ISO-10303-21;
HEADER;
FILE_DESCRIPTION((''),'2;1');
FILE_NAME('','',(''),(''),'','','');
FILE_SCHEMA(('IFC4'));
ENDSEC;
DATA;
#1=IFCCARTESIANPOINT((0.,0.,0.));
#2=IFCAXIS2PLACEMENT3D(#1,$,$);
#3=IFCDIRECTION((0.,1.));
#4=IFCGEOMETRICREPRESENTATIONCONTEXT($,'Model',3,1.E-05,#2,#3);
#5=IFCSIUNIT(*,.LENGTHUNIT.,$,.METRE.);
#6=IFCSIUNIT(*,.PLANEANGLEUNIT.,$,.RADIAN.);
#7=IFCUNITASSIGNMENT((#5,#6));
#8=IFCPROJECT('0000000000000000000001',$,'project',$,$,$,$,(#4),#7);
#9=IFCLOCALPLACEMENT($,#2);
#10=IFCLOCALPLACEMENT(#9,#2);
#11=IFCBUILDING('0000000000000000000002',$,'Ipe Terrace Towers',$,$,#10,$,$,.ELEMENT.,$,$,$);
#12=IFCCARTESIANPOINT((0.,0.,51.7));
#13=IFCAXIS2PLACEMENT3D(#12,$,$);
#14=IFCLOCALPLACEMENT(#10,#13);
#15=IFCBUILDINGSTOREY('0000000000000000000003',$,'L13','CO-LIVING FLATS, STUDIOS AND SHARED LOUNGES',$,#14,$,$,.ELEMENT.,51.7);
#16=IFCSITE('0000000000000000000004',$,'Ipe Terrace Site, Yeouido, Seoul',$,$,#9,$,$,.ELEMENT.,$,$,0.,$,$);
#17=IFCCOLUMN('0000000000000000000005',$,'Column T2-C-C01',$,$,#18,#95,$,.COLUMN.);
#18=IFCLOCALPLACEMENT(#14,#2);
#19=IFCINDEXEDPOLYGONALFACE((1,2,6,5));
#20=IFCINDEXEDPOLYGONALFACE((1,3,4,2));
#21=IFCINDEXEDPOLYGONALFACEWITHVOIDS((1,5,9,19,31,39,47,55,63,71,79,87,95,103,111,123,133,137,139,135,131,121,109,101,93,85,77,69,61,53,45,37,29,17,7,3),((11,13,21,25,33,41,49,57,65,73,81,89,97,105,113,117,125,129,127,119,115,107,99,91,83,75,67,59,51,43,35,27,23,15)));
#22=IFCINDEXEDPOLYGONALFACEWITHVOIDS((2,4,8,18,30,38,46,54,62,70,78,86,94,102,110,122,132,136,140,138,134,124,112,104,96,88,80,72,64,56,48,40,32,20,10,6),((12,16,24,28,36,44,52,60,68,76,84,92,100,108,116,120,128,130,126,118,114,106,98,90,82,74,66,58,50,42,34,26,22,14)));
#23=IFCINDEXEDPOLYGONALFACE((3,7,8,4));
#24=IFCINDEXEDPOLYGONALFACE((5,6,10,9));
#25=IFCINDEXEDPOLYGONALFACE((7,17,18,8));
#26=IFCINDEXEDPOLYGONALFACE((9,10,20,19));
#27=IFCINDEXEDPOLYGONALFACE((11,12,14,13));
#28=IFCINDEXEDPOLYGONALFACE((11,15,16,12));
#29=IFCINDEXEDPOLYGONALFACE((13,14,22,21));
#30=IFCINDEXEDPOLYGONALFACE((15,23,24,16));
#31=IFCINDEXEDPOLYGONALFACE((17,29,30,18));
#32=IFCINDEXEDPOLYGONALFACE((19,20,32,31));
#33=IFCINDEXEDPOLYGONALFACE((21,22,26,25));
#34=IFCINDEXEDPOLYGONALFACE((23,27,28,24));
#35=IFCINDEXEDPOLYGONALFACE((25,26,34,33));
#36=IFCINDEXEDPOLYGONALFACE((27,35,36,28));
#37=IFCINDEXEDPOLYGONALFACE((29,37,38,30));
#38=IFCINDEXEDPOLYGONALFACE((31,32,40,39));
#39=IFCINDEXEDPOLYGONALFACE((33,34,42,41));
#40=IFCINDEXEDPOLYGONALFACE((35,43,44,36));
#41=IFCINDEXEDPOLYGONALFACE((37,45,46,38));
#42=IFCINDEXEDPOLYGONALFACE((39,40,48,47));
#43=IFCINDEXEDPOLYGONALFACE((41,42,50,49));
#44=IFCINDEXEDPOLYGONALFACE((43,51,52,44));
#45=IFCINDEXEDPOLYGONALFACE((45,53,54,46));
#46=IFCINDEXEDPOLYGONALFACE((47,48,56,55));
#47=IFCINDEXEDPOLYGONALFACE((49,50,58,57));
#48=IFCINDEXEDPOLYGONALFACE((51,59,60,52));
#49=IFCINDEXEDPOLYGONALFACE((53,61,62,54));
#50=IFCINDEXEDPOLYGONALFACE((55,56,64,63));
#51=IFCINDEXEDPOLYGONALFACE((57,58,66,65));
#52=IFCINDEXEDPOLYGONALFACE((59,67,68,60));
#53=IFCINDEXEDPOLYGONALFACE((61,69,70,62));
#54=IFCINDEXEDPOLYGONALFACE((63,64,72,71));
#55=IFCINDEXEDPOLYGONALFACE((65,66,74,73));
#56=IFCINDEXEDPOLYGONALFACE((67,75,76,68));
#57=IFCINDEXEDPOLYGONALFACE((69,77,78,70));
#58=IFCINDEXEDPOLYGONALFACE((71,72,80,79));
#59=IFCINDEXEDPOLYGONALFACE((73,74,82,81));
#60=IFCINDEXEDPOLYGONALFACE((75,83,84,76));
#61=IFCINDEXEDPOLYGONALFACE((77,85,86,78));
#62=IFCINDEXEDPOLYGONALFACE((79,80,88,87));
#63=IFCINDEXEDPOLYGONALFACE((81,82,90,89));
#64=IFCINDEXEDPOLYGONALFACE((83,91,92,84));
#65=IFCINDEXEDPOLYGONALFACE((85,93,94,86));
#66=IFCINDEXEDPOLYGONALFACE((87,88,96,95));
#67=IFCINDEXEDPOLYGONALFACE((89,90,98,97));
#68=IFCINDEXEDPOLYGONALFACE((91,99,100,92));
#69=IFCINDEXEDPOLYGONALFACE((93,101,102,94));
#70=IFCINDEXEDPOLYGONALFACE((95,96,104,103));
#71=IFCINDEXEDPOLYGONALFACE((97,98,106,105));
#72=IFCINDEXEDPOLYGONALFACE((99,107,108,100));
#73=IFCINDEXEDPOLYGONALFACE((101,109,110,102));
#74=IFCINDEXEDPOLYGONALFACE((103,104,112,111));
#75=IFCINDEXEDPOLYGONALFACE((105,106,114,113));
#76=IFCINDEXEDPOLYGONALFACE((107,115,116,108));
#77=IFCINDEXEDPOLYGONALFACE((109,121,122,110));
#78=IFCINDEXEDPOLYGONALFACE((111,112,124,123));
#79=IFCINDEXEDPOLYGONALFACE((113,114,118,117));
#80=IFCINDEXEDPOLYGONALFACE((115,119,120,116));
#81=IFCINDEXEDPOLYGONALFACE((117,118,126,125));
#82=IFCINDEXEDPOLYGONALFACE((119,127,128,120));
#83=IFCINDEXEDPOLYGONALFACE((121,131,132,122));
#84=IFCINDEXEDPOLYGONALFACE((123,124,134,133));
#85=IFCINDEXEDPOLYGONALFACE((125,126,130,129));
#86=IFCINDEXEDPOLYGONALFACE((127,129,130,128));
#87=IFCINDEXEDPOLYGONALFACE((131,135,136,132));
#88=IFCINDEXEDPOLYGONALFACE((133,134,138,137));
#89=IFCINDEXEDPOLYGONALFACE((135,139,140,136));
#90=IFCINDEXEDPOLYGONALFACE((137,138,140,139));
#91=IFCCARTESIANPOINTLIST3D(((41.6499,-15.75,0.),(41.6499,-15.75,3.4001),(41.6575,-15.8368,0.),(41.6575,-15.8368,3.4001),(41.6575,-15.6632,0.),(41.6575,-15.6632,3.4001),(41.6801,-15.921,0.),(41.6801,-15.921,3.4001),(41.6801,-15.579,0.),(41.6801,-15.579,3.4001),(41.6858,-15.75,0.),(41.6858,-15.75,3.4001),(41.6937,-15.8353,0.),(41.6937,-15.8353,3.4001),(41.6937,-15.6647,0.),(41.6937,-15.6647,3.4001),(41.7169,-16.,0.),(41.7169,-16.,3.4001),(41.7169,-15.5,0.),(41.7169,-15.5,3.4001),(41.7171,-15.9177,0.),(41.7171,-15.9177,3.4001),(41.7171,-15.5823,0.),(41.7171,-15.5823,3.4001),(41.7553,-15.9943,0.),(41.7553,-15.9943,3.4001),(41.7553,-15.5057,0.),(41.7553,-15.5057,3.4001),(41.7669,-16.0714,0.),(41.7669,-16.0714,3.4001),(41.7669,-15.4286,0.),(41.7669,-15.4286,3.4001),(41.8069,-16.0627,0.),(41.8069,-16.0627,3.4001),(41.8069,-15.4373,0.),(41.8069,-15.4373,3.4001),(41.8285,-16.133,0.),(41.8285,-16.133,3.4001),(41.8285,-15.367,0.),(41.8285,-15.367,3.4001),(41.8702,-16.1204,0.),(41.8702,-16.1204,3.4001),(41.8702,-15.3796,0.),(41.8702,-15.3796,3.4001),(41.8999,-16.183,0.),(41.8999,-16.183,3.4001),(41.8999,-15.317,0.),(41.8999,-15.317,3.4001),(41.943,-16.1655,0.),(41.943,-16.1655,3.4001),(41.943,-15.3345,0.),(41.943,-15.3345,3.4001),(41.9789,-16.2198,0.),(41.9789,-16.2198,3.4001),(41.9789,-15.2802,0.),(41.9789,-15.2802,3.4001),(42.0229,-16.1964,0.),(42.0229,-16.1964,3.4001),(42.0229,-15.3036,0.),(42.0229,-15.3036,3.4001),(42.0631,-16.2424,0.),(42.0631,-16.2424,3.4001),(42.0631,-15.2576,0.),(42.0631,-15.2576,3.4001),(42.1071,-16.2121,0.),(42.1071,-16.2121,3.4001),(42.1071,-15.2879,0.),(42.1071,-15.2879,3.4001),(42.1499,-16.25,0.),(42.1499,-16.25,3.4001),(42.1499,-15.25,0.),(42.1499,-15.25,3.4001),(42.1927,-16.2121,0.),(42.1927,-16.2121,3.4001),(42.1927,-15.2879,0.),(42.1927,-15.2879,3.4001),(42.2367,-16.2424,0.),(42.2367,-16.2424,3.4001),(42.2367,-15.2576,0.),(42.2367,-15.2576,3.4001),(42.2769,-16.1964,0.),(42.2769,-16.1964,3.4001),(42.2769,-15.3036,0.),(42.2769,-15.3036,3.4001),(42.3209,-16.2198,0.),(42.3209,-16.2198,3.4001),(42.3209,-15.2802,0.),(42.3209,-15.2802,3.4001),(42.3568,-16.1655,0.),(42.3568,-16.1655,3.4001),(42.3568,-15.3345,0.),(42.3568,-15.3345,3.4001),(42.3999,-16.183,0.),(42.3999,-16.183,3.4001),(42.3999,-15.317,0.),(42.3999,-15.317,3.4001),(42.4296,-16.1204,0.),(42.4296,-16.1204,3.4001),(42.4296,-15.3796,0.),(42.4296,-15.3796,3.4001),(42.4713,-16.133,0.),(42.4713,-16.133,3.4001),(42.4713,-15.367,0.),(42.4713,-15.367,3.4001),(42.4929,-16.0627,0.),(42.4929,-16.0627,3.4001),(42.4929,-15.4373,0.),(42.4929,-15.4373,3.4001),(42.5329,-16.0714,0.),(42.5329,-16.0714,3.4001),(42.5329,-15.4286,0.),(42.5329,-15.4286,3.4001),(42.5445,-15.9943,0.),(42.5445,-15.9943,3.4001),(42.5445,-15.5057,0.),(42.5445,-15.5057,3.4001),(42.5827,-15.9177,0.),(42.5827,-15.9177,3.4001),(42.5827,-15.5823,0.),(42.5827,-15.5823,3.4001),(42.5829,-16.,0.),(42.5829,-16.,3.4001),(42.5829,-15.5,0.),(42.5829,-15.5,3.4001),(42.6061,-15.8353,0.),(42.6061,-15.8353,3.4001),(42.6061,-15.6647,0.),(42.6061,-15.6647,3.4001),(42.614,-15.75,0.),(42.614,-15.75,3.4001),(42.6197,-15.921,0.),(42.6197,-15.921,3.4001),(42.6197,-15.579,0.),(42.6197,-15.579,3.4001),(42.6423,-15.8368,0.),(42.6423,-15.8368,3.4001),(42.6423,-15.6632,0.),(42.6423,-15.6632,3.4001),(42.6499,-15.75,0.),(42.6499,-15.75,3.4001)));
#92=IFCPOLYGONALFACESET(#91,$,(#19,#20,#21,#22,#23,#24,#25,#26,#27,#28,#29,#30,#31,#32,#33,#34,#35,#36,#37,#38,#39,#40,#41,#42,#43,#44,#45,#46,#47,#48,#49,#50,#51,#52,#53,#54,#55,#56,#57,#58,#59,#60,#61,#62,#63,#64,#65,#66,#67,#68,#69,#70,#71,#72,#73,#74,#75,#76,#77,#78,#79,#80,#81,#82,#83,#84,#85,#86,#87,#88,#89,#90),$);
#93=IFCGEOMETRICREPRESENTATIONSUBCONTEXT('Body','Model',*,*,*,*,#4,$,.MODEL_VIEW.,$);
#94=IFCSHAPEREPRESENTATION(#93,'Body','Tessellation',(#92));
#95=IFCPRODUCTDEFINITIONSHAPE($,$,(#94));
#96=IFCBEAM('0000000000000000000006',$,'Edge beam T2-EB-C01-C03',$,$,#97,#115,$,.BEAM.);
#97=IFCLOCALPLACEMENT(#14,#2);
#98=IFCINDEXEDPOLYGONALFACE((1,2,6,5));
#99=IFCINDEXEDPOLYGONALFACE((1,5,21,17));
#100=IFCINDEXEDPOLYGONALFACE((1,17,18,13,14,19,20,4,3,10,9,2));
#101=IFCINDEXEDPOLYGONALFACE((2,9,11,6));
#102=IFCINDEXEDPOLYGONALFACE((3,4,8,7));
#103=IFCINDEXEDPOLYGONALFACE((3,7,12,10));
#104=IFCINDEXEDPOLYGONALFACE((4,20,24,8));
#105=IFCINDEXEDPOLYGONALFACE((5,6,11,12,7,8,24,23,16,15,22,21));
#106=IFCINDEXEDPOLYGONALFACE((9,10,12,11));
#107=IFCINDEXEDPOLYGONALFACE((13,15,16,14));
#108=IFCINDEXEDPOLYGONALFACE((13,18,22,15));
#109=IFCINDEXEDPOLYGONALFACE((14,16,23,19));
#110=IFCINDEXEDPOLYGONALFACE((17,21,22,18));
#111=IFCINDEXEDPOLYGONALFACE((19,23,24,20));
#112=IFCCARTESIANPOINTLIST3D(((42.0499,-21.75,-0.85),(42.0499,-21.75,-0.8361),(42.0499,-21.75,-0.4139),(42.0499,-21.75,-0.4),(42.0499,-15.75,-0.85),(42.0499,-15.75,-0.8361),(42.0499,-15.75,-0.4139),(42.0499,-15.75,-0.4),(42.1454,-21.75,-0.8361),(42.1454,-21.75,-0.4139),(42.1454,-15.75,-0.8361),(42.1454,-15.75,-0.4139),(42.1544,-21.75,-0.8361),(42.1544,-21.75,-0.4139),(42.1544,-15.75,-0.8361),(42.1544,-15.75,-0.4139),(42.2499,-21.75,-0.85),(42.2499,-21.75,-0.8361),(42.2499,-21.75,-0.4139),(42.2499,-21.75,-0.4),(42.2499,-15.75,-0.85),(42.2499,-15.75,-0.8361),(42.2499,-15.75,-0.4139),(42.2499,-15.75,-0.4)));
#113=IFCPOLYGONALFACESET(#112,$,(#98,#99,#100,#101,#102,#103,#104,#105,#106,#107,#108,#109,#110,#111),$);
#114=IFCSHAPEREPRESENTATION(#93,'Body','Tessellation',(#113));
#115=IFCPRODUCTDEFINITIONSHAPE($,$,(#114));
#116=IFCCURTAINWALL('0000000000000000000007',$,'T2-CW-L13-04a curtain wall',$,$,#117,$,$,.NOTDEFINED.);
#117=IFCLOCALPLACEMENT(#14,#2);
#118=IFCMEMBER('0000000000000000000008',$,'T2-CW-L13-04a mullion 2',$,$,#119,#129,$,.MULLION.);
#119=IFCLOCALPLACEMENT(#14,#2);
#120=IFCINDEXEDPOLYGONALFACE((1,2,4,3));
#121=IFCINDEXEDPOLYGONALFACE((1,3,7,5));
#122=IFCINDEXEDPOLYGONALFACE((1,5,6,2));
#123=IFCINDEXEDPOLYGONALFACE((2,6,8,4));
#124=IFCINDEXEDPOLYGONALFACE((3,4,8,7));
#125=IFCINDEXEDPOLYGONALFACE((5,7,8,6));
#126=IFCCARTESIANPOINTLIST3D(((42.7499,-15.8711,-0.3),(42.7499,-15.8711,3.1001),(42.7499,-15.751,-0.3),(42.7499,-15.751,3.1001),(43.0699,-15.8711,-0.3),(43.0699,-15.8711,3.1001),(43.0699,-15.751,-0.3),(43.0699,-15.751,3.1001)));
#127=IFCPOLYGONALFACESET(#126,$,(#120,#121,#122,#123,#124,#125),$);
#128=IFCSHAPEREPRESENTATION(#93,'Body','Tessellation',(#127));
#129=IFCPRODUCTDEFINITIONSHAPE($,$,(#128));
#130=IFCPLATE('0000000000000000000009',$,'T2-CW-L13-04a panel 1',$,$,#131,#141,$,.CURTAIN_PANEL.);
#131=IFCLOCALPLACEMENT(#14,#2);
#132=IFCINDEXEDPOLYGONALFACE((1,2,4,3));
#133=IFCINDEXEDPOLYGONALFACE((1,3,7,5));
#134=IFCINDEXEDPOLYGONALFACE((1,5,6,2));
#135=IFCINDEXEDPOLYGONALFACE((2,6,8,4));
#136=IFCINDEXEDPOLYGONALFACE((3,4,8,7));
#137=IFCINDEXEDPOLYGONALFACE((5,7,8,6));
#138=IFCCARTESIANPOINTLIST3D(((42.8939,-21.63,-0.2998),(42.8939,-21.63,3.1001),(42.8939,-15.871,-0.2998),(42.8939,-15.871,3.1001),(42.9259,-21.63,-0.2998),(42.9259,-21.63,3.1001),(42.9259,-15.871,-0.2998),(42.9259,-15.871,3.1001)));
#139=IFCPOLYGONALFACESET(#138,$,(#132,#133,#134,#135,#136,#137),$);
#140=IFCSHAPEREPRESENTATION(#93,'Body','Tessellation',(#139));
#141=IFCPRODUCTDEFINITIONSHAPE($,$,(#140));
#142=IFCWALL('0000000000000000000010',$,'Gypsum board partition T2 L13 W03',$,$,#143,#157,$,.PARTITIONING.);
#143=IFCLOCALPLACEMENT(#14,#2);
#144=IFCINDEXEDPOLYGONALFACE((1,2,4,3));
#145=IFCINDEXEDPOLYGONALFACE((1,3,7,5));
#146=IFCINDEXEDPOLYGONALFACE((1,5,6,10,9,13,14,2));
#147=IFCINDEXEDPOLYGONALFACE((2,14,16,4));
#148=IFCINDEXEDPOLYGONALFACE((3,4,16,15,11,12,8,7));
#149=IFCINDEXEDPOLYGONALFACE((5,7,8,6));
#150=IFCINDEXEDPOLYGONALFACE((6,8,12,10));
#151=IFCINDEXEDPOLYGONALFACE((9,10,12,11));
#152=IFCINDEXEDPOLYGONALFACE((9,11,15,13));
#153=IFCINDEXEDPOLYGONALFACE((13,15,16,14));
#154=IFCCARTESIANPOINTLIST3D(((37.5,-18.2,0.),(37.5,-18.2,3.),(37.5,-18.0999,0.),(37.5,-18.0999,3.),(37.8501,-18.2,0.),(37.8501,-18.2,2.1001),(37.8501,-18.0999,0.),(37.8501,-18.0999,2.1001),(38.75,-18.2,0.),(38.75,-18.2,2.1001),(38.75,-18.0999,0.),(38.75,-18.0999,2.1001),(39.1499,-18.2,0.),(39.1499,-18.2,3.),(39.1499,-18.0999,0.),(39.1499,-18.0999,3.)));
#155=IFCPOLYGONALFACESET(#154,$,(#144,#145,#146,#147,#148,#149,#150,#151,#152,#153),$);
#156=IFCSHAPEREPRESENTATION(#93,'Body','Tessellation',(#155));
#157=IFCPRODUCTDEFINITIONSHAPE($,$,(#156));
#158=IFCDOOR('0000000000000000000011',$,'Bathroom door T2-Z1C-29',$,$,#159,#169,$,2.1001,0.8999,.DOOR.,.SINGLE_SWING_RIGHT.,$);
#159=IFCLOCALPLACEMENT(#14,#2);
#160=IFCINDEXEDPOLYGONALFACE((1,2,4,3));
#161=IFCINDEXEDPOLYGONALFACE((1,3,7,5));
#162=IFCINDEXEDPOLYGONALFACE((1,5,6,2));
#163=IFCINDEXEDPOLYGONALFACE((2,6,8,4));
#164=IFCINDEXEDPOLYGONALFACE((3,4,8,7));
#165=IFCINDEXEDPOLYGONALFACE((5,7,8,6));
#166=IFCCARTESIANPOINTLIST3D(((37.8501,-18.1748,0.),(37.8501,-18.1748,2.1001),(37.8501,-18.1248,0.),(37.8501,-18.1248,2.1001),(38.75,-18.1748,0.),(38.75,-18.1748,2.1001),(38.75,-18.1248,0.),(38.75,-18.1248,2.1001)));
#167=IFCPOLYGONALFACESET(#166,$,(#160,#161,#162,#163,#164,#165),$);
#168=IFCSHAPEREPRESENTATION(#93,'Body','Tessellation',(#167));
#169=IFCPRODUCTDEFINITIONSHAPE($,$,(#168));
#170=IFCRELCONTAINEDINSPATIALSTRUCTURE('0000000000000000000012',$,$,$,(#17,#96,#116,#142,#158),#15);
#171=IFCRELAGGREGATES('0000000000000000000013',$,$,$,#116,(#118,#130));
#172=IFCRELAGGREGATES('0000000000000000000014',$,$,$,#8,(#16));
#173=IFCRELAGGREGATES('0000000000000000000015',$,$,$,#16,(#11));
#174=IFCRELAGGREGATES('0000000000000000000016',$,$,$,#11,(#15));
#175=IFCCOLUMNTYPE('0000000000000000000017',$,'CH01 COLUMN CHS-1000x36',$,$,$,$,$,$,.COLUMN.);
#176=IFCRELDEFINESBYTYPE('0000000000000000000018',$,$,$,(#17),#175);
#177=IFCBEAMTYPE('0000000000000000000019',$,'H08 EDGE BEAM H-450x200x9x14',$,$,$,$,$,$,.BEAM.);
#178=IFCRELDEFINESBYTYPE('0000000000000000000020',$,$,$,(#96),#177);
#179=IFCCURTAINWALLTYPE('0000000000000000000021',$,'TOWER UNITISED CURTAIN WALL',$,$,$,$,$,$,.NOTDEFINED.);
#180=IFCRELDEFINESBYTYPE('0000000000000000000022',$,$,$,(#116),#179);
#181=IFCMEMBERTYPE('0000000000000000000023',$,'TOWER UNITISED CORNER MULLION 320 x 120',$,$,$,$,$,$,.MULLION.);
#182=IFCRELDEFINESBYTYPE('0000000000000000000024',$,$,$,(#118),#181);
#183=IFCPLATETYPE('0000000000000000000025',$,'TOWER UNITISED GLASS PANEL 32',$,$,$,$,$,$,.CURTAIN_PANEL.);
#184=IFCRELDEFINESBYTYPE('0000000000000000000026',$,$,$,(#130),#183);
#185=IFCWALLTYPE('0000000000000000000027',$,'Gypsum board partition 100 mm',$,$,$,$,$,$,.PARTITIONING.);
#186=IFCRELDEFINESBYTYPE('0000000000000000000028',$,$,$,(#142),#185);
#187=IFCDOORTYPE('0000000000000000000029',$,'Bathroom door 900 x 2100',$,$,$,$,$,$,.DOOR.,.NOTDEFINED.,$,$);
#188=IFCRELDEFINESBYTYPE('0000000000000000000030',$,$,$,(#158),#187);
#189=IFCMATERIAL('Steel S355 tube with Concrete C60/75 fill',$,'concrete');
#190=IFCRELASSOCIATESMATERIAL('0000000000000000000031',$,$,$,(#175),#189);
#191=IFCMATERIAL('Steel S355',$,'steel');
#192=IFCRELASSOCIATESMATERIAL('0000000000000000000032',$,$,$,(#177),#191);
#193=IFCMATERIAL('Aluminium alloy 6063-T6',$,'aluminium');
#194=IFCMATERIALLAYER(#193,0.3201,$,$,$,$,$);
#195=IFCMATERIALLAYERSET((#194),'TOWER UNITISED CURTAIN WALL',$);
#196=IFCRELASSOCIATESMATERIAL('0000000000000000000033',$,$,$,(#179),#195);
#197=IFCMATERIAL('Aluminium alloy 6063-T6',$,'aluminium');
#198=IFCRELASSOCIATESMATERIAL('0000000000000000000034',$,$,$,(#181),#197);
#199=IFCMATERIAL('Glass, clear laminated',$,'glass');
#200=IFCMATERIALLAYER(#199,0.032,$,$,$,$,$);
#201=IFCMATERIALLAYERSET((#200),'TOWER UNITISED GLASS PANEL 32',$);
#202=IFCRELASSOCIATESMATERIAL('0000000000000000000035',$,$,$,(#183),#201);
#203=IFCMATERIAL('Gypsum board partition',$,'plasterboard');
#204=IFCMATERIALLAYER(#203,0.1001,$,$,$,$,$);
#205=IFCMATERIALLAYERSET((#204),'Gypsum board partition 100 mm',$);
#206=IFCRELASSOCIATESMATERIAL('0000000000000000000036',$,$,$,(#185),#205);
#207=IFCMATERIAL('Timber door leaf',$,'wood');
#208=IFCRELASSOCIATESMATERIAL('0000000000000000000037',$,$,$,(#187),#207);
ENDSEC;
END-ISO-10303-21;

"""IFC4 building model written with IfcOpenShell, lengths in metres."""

from ifc_helpers import new_model, si_unit, direction, frame, frame_2d, origin, origin_2d, place, context, subcontext, project, spatial, rectangle, hollow_circle, i_section, extrude, material, layer, layer_set, material_profile, profile_set, type_object, element, fill, aggregate, save


model = new_model("IFC4")

# Units and contexts
model_context = context("Model", 3, precision=1e-05, world=origin(), true_north=direction((0.0, 1.0)))
body_context = subcontext(model_context, "Body", "Model", "MODEL_VIEW")
ifc_project = project(units=[si_unit("LENGTHUNIT", "METRE"), si_unit("PLANEANGLEUNIT", "RADIAN")], contexts=[model_context])

# Site, building, storey
site_placement = place(None, origin())
site = spatial("IfcSite", under=ifc_project, at=site_placement, Name="Ipe Terrace Site, Yeouido, Seoul", CompositionType="ELEMENT", RefElevation=0.0)
building_placement = place(site_placement, origin())
building = spatial("IfcBuilding", under=site, at=building_placement, Name="Ipe Terrace Towers", CompositionType="ELEMENT")
storey_placement = place(building_placement, frame((0.0, 0.0, 51.7)))
storey = spatial("IfcBuildingStorey", under=building, at=storey_placement, Name="L13", Description="CO-LIVING FLATS, STUDIOS AND SHARED LOUNGES", CompositionType="ELEMENT", Elevation=51.7)

# Column
ifc_material_1 = material(Name="Steel S355 tube with Concrete C60/75 fill", Category="concrete")
ifc_material_profile_1 = material_profile(ifc_material_1, hollow_circle(Radius=0.5, WallThickness=0.0359, at=origin_2d()), Name="CHS-1000x36")
ifc_profile_set_1 = profile_set([ifc_material_profile_1], Name="Steel S355 tube with Concrete C60/75 fill")
column_type = type_object("IfcColumnType", Name="CH01 COLUMN CHS-1000x36", PredefinedType="COLUMN", material=ifc_profile_set_1)
column_placement = place(storey_placement, frame((42.1499, -15.75, 0.0), z_axis=(0.0, 0.0, 1.0), x_axis=(1.0, 0.0, 0.0)))
element("IfcColumn", 1, at=column_placement, inside=storey, type_object=column_type, Name="Column T2-C-C01", PredefinedType="COLUMN", context=body_context, shape_type="SweptSolid", body=[
    extrude(hollow_circle(Radius=0.5, WallThickness=0.0359, at=origin_2d()), origin(), (0.0, 0.0, 1.0), 3.4001),
])

# Beam
ifc_material_2 = material(Name="Steel S355", Category="steel")
ifc_material_profile_2 = material_profile(ifc_material_2, i_section(OverallWidth=0.2, OverallDepth=0.45, WebThickness=0.009, FlangeThickness=0.0139, at=origin_2d()), Name="H-450x200x9x14")
ifc_profile_set_2 = profile_set([ifc_material_profile_2], Name="Steel S355")
beam_type = type_object("IfcBeamType", Name="H08 EDGE BEAM H-450x200x9x14", PredefinedType="BEAM", material=ifc_profile_set_2)
beam_placement = place(storey_placement, frame((42.1499, -15.75, -0.625), z_axis=(0.0, -1.0, 0.0), x_axis=(1.0, 0.0, 0.0)))
element("IfcBeam", 2, at=beam_placement, inside=storey, type_object=beam_type, Name="Edge beam T2-EB-C01-C03", PredefinedType="BEAM", context=body_context, shape_type="SweptSolid", body=[
    extrude(i_section(OverallWidth=0.2, OverallDepth=0.45, WebThickness=0.009, FlangeThickness=0.0139, at=origin_2d()), origin(), (0.0, 0.0, 1.0), 6.0),
])

# Curtain wall, member, plate
ifc_material_3 = material(Name="Aluminium alloy 6063-T6", Category="aluminium")
ifc_layer_1 = layer(ifc_material_3, 0.3201)
ifc_layer_set_1 = layer_set([ifc_layer_1], Name="TOWER UNITISED CURTAIN WALL")
curtain_wall_type = type_object("IfcCurtainWallType", Name="TOWER UNITISED CURTAIN WALL", PredefinedType="NOTDEFINED", material=ifc_layer_set_1)
curtain_wall_placement = place(storey_placement, origin())
curtain_wall = element("IfcCurtainWall", 3, at=curtain_wall_placement, inside=storey, type_object=curtain_wall_type, Name="T2-CW-L13-04a curtain wall", PredefinedType="NOTDEFINED")
ifc_material_4 = material(Name="Aluminium alloy 6063-T6", Category="aluminium")
ifc_material_profile_3 = material_profile(ifc_material_4, rectangle(XDim=0.3201, YDim=0.1201, at=origin_2d()), Name="TOWER UNITISED CORNER MULLION 320 x 120")
ifc_profile_set_3 = profile_set([ifc_material_profile_3], Name="Aluminium alloy 6063-T6")
member_type = type_object("IfcMemberType", Name="TOWER UNITISED CORNER MULLION 320 x 120", PredefinedType="MULLION", material=ifc_profile_set_3)
member_placement = place(storey_placement, frame((42.9099, -15.811, -0.3), z_axis=(0.0, 0.0, 1.0), x_axis=(1.0, 0.0, 0.0)))
member = element("IfcMember", 4, at=member_placement, type_object=member_type, Name="T2-CW-L13-04a mullion 2", PredefinedType="MULLION", context=body_context, shape_type="SweptSolid", body=[
    extrude(rectangle(XDim=0.3201, YDim=0.1201, at=origin_2d()), origin(), (0.0, 0.0, 1.0), 3.4001),
])
ifc_material_5 = material(Name="Glass, clear laminated", Category="glass")
ifc_layer_2 = layer(ifc_material_5, 0.032)
ifc_layer_set_2 = layer_set([ifc_layer_2], Name="TOWER UNITISED GLASS PANEL 32")
plate_type = type_object("IfcPlateType", Name="TOWER UNITISED GLASS PANEL 32", PredefinedType="CURTAIN_PANEL", material=ifc_layer_set_2)
plate_placement = place(storey_placement, frame((42.9099, -18.7505, -0.2998), z_axis=(0.0, 0.0, 1.0), x_axis=(0.0, 1.0, 0.0)))
plate = element("IfcPlate", 5, at=plate_placement, type_object=plate_type, Name="T2-CW-L13-04a panel 1", PredefinedType="CURTAIN_PANEL", context=body_context, shape_type="SweptSolid", body=[
    extrude(rectangle(XDim=5.759, YDim=0.032, at=origin_2d()), origin(), (0.0, 0.0, 1.0), 3.3999),
])
aggregate(curtain_wall, [member, plate])

# Wall, opening, door
ifc_material_6 = material(Name="Gypsum board partition", Category="plasterboard")
ifc_layer_3 = layer(ifc_material_6, 0.1001)
ifc_layer_set_3 = layer_set([ifc_layer_3], Name="Gypsum board partition 100 mm")
wall_type_1 = type_object("IfcWallType", Name="Gypsum board partition 100 mm", PredefinedType="PARTITIONING", material=ifc_layer_set_3)
wall_1_placement = place(storey_placement, frame((39.1499, -18.1499, 0.0), z_axis=(0.0, 0.0, 1.0), x_axis=(-1.0, 0.0, 0.0)))
wall_1 = element("IfcWall", 6, at=wall_1_placement, inside=storey, type_object=wall_type_1, Name="Gypsum board partition T2 L13 W03", PredefinedType="PARTITIONING", context=body_context, shape_type="SweptSolid", body=[
    extrude(rectangle(XDim=1.6499, YDim=0.1001, at=frame_2d((0.825, 0.0))), origin(), (0.0, 0.0, 1.0), 3.0),
])
opening_1_placement = place(wall_1_placement, frame((0.3999, 0.0, 0.0)))
opening_1 = element("IfcOpeningElement", 7, at=opening_1_placement, cuts=wall_1, PredefinedType="OPENING", context=body_context, shape_type="SweptSolid", body=[
    extrude(rectangle(XDim=0.8999, YDim=2.1001, at=frame_2d((0.45, 1.05))), frame((0.0, 0.0601, 0.0), z_axis=(0.0, -1.0, 0.0), x_axis=(1.0, 0.0, 0.0)), (0.0, 0.0, 1.0), 0.1201),
])
ifc_material_7 = material(Name="Timber door leaf", Category="wood")
door_type_1 = type_object("IfcDoorType", Name="Bathroom door 900 x 2100", OperationType="NOTDEFINED", PredefinedType="DOOR", material=ifc_material_7)
door_1_placement = place(opening_1_placement, origin())
door_1 = element("IfcDoor", 8, at=door_1_placement, inside=storey, type_object=door_type_1, Name="Bathroom door T2-Z1C-29", OperationType="SINGLE_SWING_RIGHT", OverallHeight=2.1001, OverallWidth=0.8999, PredefinedType="DOOR", context=body_context, shape_type="SweptSolid", body=[
    extrude(rectangle(XDim=0.8999, YDim=2.1001, at=frame_2d((0.45, 1.05))), frame((0.0, 0.0249, 0.0), z_axis=(0.0, -1.0, 0.0), x_axis=(1.0, 0.0, 0.0)), (0.0, 0.0, 1.0), 0.05),
])
fill(opening_1, door_1)

save(model, "model.ifc")
